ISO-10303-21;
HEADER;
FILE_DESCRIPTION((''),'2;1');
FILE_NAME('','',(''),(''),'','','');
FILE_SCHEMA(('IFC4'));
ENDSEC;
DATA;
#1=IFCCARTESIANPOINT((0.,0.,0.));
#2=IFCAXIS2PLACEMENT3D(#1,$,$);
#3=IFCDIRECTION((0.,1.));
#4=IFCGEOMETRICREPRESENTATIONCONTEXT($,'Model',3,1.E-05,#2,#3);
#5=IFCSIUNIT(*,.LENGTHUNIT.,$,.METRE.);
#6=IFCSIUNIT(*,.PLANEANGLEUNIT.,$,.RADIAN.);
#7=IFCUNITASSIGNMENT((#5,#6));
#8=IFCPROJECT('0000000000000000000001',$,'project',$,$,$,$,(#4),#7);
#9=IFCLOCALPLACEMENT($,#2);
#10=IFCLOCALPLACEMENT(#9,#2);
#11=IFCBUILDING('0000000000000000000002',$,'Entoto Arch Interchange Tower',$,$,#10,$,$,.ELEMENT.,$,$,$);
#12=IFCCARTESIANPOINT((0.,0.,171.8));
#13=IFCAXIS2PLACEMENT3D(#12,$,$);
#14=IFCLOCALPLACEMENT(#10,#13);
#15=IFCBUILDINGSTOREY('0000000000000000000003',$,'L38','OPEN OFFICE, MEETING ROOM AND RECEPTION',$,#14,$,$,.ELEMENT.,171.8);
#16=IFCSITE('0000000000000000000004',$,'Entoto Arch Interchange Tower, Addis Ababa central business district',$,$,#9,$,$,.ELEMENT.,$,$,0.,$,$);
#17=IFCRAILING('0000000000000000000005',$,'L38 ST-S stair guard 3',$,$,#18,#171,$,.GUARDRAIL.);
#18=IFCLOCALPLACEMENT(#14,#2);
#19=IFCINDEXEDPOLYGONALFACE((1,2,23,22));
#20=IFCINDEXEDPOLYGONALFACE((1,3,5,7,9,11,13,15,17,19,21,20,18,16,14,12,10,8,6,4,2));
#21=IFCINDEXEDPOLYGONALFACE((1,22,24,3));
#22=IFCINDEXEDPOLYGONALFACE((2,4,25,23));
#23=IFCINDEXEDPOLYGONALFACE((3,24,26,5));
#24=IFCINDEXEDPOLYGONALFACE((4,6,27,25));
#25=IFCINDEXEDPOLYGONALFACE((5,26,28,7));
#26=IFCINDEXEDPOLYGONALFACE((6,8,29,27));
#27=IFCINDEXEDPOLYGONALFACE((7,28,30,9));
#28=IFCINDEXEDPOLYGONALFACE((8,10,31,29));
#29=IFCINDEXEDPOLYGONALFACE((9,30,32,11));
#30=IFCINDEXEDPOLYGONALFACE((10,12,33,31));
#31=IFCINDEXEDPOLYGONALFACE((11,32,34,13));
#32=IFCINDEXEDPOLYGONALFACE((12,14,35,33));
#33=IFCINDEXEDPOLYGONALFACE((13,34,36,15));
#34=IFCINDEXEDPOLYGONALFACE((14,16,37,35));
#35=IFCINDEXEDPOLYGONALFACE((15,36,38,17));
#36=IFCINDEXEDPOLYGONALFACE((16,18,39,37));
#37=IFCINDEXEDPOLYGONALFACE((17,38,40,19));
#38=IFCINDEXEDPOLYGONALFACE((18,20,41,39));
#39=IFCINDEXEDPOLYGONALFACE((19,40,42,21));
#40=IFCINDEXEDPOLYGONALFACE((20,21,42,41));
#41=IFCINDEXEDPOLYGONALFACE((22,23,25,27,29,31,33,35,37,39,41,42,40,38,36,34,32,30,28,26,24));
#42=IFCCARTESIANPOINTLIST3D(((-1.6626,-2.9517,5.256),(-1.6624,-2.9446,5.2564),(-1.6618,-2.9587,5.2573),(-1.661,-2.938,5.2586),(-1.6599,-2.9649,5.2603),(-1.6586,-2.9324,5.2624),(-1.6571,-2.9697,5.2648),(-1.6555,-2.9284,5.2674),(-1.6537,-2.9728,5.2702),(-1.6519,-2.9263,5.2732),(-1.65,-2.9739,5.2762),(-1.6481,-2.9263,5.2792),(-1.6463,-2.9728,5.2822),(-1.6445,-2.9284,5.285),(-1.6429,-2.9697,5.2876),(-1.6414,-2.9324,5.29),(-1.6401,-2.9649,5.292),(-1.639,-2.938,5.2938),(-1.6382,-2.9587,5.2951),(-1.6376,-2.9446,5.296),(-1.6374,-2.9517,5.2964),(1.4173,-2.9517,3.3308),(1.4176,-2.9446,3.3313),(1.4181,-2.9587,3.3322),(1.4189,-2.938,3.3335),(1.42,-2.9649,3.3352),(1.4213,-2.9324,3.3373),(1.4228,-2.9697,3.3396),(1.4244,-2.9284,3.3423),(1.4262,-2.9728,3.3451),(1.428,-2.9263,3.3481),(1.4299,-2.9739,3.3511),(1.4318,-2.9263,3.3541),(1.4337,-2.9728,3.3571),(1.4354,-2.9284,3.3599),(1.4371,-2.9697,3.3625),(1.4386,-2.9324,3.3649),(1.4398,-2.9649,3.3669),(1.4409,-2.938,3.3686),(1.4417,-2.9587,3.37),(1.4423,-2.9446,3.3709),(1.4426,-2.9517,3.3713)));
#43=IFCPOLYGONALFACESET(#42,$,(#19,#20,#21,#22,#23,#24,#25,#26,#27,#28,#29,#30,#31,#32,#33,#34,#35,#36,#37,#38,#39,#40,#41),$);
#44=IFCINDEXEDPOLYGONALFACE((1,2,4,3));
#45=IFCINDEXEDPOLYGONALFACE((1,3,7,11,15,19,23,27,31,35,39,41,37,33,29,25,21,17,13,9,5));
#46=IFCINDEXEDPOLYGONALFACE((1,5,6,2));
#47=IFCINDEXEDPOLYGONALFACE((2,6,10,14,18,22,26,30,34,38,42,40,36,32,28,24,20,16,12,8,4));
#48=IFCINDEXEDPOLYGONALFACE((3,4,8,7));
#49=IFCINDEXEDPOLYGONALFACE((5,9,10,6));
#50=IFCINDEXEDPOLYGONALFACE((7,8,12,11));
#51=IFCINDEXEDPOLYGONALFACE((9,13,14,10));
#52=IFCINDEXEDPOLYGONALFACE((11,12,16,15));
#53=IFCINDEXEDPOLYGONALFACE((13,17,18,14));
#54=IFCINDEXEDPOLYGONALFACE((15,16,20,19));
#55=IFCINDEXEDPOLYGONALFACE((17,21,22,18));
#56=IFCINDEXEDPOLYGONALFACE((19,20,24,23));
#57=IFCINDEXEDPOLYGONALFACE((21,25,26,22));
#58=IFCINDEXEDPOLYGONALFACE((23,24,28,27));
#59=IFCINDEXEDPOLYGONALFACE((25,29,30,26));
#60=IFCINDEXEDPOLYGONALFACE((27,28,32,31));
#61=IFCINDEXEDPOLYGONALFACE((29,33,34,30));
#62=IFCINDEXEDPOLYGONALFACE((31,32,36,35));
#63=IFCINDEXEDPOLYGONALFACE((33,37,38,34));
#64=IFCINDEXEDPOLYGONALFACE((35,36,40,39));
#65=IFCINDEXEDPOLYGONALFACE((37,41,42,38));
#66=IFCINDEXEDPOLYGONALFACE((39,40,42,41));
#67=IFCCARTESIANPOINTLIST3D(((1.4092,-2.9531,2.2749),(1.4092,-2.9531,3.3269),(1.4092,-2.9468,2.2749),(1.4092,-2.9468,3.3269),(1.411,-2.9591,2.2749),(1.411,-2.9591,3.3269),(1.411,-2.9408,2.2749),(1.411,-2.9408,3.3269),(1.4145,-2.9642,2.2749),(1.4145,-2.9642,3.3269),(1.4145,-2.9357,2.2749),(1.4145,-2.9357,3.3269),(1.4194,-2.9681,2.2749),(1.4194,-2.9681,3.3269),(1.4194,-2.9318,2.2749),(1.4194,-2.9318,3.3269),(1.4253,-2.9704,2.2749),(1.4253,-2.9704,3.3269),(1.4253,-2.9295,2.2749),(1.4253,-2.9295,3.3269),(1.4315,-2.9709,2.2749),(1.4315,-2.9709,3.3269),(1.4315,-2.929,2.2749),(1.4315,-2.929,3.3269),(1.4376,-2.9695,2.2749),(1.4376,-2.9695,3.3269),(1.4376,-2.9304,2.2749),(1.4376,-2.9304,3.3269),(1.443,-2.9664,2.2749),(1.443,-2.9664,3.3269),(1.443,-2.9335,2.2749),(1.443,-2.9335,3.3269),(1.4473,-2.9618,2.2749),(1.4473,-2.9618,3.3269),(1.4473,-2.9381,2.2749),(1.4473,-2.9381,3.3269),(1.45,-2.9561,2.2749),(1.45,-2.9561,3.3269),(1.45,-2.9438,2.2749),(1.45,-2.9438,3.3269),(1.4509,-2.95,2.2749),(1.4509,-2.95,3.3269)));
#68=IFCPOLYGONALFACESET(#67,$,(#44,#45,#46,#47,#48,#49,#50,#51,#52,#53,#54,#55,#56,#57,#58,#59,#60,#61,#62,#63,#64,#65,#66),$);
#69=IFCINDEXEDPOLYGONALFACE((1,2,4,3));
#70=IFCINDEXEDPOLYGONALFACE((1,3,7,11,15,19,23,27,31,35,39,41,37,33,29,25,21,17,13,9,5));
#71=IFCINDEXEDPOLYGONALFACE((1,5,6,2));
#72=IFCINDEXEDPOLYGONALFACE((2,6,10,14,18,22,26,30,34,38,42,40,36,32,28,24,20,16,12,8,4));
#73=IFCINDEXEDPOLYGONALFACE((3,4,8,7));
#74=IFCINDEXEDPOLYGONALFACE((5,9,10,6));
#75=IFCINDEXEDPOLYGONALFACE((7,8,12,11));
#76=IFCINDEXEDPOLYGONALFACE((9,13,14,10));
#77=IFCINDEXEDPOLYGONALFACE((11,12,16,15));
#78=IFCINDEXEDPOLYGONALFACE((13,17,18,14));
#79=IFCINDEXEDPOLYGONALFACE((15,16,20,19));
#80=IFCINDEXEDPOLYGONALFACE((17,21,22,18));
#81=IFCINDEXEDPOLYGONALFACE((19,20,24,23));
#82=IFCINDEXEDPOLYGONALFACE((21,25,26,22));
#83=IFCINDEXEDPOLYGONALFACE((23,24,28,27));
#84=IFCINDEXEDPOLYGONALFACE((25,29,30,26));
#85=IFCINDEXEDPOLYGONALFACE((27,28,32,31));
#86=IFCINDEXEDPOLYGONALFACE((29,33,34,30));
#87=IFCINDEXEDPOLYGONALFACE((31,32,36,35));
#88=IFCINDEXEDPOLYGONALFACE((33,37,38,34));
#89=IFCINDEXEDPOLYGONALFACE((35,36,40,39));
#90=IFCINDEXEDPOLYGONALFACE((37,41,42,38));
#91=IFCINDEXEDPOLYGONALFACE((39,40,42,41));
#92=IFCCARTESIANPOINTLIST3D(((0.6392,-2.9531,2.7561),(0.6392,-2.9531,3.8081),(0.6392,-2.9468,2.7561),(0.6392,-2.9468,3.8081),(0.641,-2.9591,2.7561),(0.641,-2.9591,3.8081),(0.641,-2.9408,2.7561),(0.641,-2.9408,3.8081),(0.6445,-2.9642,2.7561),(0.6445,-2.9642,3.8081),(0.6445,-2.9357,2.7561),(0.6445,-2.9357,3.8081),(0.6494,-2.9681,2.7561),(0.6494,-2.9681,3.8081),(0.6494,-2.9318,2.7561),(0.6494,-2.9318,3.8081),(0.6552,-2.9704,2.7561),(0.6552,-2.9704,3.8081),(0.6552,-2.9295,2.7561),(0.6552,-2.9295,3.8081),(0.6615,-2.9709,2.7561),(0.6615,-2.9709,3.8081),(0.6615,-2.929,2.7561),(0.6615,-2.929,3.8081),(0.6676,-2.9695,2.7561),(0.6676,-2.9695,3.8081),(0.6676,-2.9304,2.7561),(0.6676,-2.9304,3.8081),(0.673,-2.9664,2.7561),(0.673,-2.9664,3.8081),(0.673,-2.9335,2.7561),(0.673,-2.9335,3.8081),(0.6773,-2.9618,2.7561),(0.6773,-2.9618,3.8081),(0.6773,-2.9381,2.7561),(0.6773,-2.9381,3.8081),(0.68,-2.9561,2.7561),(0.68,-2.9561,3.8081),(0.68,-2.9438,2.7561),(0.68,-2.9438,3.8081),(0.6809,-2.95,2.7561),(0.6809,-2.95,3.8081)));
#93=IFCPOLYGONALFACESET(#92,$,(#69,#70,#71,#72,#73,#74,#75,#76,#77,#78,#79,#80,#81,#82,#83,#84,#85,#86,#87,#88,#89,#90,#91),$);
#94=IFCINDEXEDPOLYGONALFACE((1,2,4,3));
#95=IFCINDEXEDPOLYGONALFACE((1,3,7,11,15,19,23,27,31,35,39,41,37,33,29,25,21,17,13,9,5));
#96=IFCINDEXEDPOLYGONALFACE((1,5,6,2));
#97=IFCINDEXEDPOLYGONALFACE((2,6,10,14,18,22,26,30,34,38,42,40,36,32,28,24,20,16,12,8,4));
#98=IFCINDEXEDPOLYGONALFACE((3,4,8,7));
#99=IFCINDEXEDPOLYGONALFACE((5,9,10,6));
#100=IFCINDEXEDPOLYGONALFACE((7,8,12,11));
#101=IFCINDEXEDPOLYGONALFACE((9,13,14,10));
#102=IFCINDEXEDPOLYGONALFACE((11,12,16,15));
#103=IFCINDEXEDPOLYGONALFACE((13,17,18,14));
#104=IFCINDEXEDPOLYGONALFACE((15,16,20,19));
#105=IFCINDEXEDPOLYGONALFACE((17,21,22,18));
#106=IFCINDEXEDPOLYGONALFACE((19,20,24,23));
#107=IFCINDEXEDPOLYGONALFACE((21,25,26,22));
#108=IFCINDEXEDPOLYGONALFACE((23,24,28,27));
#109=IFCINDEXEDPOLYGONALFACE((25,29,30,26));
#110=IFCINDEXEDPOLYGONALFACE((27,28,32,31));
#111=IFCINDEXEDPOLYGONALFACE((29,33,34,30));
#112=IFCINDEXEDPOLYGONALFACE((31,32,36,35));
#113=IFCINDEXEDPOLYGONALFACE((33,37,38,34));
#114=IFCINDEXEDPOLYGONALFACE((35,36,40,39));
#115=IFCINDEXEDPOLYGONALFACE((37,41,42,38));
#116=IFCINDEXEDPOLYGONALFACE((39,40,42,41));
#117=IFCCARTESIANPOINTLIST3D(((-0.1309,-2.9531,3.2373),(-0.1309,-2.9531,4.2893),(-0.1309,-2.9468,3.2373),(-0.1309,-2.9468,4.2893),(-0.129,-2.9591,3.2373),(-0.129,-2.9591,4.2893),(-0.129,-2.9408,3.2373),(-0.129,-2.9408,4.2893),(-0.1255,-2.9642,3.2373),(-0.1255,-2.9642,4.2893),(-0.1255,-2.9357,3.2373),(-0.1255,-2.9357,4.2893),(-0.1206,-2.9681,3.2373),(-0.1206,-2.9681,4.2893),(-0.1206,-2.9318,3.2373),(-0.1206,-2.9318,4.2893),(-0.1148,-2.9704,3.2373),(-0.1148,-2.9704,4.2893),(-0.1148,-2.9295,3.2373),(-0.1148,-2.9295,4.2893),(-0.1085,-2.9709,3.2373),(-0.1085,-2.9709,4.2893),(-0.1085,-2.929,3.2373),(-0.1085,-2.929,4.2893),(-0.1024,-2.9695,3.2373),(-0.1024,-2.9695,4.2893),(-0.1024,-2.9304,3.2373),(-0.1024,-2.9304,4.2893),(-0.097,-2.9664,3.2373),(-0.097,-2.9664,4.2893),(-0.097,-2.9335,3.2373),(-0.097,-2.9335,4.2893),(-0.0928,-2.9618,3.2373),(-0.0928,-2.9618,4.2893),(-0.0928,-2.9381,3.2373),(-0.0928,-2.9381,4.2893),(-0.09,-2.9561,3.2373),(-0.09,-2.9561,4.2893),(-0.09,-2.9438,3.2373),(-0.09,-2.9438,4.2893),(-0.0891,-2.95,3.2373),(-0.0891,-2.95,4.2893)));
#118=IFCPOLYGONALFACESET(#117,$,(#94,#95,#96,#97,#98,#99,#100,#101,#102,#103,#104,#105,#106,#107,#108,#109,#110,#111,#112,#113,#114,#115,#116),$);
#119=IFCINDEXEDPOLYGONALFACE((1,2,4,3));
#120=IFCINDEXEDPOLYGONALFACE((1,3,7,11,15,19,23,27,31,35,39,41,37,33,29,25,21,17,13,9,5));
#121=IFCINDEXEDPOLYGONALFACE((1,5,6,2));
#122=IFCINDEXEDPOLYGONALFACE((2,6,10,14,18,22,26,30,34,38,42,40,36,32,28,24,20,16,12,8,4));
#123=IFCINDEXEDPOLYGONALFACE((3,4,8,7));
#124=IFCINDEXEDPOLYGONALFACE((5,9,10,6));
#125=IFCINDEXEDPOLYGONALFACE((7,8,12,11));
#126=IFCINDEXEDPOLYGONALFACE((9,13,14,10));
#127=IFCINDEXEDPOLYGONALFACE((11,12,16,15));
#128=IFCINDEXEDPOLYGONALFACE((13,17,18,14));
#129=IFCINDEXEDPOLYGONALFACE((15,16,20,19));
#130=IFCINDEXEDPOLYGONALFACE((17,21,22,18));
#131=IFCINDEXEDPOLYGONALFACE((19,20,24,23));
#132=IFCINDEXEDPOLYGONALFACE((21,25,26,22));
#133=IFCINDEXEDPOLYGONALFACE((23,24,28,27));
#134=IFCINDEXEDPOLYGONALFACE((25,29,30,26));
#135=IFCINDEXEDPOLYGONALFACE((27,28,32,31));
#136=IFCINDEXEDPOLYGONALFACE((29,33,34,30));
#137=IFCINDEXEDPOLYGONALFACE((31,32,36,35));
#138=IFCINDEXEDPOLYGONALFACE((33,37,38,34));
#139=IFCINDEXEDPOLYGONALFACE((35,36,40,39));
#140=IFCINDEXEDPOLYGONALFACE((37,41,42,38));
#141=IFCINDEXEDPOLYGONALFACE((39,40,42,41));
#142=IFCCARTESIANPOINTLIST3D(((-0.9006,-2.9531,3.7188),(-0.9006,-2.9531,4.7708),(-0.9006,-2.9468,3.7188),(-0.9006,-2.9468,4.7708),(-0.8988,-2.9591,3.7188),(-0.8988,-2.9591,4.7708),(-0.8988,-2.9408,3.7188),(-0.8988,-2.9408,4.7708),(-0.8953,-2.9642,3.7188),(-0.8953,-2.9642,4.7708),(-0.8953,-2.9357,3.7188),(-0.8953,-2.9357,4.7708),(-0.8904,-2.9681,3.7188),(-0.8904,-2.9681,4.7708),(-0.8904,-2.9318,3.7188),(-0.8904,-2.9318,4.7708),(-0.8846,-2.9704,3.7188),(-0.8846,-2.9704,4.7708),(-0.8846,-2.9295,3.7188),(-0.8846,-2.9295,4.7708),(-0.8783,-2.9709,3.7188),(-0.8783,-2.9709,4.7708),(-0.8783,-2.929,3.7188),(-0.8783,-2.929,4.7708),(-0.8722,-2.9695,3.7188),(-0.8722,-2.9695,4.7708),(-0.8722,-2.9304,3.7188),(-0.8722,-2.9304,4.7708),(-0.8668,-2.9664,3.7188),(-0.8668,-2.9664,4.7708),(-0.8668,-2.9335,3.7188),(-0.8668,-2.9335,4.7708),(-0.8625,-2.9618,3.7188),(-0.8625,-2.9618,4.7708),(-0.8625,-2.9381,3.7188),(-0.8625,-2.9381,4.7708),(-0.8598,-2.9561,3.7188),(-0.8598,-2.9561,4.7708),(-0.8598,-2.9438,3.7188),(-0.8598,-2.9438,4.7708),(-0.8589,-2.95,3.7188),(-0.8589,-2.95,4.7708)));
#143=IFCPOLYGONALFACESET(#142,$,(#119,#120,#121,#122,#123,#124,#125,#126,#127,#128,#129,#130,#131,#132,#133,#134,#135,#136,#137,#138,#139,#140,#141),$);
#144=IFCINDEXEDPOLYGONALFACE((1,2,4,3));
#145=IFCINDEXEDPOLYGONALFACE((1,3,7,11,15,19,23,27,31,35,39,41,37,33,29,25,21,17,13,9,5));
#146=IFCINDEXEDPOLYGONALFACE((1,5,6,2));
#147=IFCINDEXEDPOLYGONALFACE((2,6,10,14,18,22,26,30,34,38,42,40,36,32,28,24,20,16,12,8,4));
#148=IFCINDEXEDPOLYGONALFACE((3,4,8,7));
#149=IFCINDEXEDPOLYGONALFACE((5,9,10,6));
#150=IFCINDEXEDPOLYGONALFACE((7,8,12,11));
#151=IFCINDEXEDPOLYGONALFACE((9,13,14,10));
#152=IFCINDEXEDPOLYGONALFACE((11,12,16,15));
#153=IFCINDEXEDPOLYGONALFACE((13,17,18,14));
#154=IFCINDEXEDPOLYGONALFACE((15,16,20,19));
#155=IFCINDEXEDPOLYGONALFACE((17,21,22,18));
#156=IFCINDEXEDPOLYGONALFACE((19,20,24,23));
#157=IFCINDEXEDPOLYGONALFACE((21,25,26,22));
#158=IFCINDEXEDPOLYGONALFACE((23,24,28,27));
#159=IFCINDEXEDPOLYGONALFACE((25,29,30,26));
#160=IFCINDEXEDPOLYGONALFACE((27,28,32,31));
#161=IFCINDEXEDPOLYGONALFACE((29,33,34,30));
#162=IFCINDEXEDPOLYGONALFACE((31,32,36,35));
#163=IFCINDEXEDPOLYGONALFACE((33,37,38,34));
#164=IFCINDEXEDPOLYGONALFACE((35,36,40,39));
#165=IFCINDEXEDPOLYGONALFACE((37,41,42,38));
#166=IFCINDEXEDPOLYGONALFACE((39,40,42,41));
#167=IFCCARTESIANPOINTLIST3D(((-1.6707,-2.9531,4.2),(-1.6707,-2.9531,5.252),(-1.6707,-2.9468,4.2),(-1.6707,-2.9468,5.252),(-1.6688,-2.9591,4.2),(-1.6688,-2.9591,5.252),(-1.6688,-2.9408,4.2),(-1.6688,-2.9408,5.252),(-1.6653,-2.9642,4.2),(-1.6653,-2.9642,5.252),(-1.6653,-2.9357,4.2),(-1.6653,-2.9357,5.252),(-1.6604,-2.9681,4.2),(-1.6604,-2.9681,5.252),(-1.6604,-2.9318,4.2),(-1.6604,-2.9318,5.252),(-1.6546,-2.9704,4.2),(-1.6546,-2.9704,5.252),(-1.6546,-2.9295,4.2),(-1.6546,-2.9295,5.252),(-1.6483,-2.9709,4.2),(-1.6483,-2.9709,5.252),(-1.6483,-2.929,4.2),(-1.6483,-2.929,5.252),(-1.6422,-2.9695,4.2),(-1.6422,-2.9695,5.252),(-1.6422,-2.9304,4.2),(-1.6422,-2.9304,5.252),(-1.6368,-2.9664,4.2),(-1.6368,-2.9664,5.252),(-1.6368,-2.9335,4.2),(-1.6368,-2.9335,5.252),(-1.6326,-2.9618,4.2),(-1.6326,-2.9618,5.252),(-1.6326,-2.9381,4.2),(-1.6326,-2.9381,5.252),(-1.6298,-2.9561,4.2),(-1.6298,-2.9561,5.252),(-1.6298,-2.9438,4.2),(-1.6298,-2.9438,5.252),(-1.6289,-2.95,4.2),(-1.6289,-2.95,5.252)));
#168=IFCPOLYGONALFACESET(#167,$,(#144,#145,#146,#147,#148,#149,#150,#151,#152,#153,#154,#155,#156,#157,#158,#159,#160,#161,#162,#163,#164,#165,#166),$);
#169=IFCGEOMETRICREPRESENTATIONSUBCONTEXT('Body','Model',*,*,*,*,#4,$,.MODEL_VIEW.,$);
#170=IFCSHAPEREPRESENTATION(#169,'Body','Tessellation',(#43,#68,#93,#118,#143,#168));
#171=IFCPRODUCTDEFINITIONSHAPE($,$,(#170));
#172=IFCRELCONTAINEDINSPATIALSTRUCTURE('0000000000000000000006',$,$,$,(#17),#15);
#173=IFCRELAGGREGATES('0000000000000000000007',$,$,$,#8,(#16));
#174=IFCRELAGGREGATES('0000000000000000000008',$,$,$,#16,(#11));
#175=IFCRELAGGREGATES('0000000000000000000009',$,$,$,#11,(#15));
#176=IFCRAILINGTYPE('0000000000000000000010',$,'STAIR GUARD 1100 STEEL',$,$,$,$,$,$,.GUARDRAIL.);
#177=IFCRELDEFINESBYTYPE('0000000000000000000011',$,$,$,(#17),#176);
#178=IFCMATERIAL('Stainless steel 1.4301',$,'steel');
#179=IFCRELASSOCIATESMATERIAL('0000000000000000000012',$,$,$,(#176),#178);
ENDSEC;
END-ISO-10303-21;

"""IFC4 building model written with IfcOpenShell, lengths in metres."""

from ifc_helpers import new_model, si_unit, direction, frame, origin, origin_2d, place, context, subcontext, project, spatial, circle, extrude, material, type_object, element, save


model = new_model("IFC4")

# Units and contexts
model_context = context("Model", 3, precision=1e-05, world=origin(), true_north=direction((0.0, 1.0)))
body_context = subcontext(model_context, "Body", "Model", "MODEL_VIEW")
ifc_project = project(units=[si_unit("LENGTHUNIT", "METRE"), si_unit("PLANEANGLEUNIT", "RADIAN")], contexts=[model_context])

# Site, building, storey
site_placement = place(None, origin())
site = spatial("IfcSite", under=ifc_project, at=site_placement, Name="Entoto Arch Interchange Tower, Addis Ababa central business district", CompositionType="ELEMENT", RefElevation=0.0)
building_placement = place(site_placement, origin())
building = spatial("IfcBuilding", under=site, at=building_placement, Name="Entoto Arch Interchange Tower", CompositionType="ELEMENT")
storey_placement = place(building_placement, frame((0.0, 0.0, 171.8)))
storey = spatial("IfcBuildingStorey", under=building, at=storey_placement, Name="L38", Description="OPEN OFFICE, MEETING ROOM AND RECEPTION", CompositionType="ELEMENT", Elevation=171.8)

# Railing
ifc_material_1 = material(Name="Stainless steel 1.4301", Category="steel")
railing_type_1 = type_object("IfcRailingType", Name="STAIR GUARD 1100 STEEL", PredefinedType="GUARDRAIL", material=ifc_material_1)
railing_1_placement = place(storey_placement, frame((1.4299, -2.95, 2.2749)))
element("IfcRailing", 1, at=railing_1_placement, inside=storey, type_object=railing_type_1, Name="L38 ST-S stair guard 3", PredefinedType="GUARDRAIL", context=body_context, shape_type="SweptSolid", body=[
    extrude(circle(Radius=0.0239, at=origin_2d()), frame((0.0, 0.0, 1.0762), z_axis=(-0.847979, 0.0, 0.530029), x_axis=(0.0, -1.0, 0.0)), (0.0, 0.0, 1.0), 3.6321),
    extrude(circle(Radius=0.021, at=origin_2d()), origin(), (0.0, 0.0, 1.0), 1.052),
    extrude(circle(Radius=0.021, at=origin_2d()), frame((-0.77, 0.0, 0.4812)), (0.0, 0.0, 1.0), 1.052),
    extrude(circle(Radius=0.021, at=origin_2d()), frame((-1.54, 0.0, 0.9624)), (0.0, 0.0, 1.0), 1.052),
    extrude(circle(Radius=0.021, at=origin_2d()), frame((-2.3098, 0.0, 1.4438)), (0.0, 0.0, 1.0), 1.052),
    extrude(circle(Radius=0.021, at=origin_2d()), frame((-3.0798, 0.0, 1.925)), (0.0, 0.0, 1.0), 1.052),
])

save(model, "model.ifc")
